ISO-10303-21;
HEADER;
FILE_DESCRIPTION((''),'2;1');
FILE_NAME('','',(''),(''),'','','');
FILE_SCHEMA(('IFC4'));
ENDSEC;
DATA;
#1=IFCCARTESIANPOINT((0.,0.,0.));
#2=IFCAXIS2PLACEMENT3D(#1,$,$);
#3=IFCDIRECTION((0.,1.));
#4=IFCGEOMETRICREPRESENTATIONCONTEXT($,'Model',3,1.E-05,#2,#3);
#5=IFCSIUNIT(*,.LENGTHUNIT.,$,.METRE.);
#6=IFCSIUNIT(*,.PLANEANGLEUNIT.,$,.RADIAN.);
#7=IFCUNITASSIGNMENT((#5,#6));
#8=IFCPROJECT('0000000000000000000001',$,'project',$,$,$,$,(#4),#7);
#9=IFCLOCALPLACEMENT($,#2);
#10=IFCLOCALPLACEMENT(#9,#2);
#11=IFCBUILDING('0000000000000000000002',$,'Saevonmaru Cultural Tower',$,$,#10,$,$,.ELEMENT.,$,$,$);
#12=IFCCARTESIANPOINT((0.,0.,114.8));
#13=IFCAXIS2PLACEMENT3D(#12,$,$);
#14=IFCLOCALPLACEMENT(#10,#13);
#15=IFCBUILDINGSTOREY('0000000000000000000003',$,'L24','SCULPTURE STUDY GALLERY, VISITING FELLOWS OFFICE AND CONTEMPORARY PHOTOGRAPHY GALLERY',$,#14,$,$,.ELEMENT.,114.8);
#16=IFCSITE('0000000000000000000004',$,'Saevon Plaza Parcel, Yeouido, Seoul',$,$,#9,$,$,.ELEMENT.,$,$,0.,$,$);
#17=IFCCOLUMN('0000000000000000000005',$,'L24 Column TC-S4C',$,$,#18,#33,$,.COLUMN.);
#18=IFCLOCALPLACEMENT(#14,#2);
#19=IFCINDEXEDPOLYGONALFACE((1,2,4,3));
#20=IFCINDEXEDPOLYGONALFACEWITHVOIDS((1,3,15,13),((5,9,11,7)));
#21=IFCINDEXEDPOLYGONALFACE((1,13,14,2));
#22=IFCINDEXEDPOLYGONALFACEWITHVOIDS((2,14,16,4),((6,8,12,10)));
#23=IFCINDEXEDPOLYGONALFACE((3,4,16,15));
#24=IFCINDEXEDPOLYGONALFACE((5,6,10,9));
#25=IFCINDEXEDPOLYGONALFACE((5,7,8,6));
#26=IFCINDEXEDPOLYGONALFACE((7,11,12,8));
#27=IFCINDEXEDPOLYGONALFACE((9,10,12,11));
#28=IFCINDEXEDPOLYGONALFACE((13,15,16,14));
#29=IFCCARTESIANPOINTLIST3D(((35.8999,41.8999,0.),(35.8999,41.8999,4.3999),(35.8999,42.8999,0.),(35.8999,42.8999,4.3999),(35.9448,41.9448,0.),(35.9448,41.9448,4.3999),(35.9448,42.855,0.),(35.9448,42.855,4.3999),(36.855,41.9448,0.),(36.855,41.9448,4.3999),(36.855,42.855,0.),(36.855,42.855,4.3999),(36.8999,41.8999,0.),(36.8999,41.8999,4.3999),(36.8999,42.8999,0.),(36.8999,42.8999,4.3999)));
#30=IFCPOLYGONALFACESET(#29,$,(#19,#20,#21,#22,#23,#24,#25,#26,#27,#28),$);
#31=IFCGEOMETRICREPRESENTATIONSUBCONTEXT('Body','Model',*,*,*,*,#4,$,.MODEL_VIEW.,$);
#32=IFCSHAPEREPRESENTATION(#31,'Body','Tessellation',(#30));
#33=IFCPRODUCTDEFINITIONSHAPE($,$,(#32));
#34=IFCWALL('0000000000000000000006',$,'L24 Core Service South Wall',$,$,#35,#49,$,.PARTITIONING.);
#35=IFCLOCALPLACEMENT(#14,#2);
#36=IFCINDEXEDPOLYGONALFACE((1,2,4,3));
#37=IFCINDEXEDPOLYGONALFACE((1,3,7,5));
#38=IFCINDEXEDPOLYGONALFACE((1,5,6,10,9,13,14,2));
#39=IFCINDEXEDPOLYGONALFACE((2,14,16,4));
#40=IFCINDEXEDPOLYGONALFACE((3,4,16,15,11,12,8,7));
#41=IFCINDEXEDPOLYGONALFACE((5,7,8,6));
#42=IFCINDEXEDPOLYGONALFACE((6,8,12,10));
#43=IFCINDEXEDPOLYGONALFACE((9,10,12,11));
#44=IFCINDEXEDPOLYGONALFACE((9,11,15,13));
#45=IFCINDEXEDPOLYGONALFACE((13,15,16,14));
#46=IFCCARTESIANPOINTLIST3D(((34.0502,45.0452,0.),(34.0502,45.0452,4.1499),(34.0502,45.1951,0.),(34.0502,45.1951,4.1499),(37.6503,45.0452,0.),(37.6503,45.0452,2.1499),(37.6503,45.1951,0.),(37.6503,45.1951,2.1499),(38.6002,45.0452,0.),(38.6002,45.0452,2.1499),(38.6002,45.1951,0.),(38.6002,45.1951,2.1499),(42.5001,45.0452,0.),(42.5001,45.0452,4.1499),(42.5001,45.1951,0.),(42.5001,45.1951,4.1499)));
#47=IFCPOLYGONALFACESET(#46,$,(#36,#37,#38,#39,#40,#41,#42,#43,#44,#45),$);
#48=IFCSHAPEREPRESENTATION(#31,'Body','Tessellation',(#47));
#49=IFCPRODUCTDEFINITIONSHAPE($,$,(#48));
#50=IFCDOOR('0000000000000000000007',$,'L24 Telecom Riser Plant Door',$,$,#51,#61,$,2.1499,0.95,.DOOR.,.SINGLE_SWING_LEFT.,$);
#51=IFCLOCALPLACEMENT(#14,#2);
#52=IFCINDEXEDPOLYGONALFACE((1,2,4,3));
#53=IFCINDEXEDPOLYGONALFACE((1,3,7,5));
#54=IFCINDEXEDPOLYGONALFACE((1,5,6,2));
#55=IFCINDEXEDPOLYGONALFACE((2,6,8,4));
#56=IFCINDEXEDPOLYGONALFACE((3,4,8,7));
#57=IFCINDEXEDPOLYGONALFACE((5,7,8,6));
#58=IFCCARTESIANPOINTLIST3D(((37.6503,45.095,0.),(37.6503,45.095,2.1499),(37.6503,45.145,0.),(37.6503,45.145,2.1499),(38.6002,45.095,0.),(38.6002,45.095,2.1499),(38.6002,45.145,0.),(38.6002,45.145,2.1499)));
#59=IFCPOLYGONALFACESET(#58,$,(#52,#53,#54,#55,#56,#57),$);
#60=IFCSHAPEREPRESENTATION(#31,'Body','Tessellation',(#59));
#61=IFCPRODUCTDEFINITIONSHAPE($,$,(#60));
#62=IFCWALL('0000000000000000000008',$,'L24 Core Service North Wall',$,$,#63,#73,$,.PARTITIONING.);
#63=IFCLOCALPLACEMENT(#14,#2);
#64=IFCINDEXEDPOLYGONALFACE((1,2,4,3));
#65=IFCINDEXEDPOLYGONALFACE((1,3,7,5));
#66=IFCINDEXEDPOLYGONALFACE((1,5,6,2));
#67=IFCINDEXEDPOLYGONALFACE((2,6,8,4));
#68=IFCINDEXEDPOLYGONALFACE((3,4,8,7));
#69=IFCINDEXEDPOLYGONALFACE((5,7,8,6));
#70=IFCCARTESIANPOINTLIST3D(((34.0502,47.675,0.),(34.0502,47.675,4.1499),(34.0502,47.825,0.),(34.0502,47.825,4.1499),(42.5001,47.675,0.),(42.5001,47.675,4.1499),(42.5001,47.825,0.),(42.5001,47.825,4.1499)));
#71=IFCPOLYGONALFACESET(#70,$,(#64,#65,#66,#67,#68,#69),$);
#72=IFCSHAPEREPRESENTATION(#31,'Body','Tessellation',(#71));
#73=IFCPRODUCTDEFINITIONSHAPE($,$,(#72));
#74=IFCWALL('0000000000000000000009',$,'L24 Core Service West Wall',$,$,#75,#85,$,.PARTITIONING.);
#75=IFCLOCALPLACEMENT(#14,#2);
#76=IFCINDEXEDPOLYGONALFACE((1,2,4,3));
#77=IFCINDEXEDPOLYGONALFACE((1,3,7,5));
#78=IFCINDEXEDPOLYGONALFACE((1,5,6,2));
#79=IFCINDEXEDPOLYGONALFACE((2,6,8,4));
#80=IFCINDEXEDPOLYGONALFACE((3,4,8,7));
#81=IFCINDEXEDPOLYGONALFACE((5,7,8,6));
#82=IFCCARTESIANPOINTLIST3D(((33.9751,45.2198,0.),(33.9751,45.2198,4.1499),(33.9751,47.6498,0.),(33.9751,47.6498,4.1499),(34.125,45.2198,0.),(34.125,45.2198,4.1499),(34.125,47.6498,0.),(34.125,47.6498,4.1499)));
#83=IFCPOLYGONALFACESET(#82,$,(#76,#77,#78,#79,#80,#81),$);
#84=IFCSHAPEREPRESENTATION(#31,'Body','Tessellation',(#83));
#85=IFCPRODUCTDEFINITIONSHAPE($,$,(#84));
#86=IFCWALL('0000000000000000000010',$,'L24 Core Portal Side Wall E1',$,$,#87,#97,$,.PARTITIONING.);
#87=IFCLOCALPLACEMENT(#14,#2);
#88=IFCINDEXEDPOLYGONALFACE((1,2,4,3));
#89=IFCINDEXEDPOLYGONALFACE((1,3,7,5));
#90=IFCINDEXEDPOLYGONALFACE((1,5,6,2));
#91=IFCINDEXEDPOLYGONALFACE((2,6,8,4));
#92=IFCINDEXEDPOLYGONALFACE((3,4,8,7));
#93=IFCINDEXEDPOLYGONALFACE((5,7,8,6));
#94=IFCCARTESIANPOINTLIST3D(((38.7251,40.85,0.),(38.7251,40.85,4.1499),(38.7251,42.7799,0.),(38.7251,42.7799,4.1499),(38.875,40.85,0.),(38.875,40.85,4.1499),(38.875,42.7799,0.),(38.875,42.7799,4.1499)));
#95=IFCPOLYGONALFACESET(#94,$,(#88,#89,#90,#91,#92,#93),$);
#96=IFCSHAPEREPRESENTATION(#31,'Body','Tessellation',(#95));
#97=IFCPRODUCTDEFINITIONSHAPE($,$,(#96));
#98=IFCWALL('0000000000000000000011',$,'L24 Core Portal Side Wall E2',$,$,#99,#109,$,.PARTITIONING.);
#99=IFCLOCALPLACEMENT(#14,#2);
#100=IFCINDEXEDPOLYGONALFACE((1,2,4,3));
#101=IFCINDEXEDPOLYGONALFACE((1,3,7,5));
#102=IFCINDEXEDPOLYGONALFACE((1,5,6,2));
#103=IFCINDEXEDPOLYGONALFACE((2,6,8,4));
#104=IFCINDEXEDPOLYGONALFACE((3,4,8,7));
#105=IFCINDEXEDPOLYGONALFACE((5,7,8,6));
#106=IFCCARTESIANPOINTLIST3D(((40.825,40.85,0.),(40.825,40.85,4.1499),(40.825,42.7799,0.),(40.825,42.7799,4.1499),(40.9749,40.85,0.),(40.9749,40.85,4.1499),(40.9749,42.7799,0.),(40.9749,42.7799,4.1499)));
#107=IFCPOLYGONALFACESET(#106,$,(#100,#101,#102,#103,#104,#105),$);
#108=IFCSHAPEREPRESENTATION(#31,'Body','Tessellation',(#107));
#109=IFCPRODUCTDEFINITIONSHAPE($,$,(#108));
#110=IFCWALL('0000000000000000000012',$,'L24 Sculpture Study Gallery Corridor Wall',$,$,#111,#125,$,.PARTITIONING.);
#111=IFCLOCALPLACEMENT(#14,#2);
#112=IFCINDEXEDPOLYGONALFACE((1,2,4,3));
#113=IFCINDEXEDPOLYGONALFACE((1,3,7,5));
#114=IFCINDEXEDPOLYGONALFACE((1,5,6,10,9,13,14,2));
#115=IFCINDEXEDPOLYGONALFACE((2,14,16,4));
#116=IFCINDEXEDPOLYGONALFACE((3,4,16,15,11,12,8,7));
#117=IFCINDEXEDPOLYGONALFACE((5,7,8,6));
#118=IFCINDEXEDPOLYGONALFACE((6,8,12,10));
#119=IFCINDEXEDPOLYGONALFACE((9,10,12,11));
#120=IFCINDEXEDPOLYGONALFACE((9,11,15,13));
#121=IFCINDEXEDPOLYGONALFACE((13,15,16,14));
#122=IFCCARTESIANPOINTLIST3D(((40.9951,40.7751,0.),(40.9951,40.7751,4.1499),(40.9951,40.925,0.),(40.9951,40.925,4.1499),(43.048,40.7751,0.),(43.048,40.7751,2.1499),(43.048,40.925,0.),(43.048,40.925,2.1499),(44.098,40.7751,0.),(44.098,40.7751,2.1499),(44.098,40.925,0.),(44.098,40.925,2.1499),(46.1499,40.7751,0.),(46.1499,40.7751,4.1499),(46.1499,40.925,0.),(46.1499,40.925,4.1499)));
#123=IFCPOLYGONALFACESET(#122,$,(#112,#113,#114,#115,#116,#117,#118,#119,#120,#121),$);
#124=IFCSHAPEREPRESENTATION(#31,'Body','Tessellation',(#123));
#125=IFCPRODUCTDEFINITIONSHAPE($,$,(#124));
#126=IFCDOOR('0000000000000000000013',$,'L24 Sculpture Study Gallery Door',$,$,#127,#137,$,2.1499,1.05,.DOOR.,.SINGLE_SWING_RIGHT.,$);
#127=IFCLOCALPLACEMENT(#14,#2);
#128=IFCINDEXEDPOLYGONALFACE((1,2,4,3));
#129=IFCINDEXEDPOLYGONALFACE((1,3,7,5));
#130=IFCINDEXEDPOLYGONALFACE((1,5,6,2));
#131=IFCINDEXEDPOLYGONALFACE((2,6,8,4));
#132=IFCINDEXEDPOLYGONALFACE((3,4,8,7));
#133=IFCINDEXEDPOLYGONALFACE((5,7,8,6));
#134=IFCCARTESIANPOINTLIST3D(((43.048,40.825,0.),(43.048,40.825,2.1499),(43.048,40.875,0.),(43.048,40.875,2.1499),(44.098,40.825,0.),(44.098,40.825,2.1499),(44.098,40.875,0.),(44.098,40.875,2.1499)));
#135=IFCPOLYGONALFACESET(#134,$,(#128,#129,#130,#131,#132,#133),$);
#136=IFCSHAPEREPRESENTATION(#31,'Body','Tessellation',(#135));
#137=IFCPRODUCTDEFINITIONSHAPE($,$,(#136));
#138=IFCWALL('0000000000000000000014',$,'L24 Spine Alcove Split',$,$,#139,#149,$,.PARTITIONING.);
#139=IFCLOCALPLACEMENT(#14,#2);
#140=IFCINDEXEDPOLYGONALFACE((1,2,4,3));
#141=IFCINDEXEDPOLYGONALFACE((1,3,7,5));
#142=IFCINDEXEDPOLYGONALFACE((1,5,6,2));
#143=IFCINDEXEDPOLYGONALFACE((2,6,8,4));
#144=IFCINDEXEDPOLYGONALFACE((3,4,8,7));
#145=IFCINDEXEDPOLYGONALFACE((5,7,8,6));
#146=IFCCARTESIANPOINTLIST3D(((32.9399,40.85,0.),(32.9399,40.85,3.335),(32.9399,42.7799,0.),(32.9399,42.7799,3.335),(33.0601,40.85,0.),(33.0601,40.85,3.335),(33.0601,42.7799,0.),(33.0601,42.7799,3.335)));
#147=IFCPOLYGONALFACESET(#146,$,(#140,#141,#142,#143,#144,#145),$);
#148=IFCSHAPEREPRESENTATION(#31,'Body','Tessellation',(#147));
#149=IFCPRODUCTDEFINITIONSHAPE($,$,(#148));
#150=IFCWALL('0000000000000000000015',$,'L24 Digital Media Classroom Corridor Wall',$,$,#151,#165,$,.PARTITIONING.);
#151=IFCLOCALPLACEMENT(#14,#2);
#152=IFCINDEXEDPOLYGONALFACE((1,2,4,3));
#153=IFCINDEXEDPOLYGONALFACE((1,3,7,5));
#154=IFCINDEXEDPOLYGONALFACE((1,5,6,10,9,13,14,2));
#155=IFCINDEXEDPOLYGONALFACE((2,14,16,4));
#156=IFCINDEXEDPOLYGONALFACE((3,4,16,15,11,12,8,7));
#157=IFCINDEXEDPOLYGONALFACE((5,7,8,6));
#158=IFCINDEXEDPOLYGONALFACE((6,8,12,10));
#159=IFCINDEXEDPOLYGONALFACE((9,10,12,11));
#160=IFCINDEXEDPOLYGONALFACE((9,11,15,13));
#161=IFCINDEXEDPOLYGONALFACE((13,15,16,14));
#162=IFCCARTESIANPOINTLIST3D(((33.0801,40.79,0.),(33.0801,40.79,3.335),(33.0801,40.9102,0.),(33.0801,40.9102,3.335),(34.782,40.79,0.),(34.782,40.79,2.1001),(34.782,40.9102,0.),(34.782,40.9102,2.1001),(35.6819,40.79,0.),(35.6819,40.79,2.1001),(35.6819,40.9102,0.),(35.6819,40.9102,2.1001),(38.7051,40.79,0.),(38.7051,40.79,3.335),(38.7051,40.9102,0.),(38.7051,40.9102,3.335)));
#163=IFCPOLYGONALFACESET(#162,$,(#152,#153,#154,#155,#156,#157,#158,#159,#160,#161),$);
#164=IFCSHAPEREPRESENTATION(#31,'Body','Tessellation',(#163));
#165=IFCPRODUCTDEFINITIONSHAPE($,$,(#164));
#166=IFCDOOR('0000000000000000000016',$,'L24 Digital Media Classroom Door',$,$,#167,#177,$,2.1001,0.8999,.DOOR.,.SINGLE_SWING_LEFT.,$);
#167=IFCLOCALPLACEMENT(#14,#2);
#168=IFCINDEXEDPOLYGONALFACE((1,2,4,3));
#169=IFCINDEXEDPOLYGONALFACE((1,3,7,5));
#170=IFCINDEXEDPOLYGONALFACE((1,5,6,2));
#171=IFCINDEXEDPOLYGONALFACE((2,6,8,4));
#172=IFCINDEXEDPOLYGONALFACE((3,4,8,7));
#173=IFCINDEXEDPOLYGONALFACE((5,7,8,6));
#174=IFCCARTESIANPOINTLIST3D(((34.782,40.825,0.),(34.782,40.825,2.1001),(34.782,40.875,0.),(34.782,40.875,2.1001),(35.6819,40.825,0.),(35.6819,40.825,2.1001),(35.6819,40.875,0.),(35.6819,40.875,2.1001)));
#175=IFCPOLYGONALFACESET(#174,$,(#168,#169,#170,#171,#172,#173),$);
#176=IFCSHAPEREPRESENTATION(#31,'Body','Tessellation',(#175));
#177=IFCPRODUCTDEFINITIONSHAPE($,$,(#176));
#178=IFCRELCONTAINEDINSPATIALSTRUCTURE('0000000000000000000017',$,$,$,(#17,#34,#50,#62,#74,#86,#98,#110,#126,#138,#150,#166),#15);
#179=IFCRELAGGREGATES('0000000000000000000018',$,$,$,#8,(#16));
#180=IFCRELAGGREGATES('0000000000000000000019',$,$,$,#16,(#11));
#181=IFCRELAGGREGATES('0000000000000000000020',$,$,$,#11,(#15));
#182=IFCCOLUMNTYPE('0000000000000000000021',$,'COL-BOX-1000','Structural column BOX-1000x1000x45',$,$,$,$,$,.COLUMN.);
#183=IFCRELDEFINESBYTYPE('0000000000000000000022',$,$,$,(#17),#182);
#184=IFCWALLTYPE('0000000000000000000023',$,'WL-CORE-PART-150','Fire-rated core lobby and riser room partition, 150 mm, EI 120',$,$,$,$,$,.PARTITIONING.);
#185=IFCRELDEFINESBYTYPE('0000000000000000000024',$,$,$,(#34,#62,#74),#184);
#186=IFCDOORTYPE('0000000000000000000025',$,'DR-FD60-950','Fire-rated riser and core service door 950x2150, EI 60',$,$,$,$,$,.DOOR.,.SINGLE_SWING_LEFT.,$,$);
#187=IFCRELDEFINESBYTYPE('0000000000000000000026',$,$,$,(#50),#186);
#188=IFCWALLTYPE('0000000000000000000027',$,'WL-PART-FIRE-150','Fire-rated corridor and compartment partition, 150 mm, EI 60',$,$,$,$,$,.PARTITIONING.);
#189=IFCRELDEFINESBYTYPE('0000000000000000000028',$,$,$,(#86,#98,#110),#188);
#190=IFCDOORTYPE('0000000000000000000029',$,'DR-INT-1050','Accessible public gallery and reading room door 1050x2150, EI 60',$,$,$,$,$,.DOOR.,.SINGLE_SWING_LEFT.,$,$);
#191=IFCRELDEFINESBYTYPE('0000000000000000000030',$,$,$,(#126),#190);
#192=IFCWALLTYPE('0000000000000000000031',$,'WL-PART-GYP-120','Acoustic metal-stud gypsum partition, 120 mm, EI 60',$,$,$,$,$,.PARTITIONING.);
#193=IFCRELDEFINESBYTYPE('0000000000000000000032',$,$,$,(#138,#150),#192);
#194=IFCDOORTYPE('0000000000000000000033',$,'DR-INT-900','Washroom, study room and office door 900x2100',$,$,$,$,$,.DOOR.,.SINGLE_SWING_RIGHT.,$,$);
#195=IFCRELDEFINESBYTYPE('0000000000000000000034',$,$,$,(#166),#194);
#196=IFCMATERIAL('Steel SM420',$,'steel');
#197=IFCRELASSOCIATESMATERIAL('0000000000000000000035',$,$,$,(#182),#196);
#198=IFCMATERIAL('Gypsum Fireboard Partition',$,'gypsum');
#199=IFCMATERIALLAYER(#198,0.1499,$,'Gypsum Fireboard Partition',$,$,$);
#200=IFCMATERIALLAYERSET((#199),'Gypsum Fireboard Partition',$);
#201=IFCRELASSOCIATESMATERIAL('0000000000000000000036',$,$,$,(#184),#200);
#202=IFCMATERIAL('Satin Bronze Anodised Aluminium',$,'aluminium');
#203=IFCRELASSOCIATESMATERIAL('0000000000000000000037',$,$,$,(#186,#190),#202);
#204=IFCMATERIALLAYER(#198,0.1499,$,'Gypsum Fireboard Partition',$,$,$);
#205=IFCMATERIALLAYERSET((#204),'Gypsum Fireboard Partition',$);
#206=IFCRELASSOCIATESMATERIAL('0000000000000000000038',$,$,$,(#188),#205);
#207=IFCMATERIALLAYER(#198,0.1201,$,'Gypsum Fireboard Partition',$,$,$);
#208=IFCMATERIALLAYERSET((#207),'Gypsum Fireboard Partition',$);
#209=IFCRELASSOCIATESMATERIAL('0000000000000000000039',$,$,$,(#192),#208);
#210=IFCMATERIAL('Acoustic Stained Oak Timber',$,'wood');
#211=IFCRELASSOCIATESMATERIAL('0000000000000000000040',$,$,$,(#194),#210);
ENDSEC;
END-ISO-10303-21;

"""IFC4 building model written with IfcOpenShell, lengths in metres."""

from ifc_helpers import new_model, si_unit, direction, frame, frame_2d, origin, origin_2d, place, context, subcontext, project, spatial, rectangle, hollow_rectangle, extrude, material, layer, layer_set, material_profile, profile_set, type_object, element, fill, save


model = new_model("IFC4")

# Units and contexts
model_context = context("Model", 3, precision=1e-05, world=origin(), true_north=direction((0.0, 1.0)))
body_context = subcontext(model_context, "Body", "Model", "MODEL_VIEW")
ifc_project = project(units=[si_unit("LENGTHUNIT", "METRE"), si_unit("PLANEANGLEUNIT", "RADIAN")], contexts=[model_context])

# Site, building, storey
site_placement = place(None, origin())
site = spatial("IfcSite", under=ifc_project, at=site_placement, Name="Saevon Plaza Parcel, Yeouido, Seoul", CompositionType="ELEMENT", RefElevation=0.0)
building_placement = place(site_placement, origin())
building = spatial("IfcBuilding", under=site, at=building_placement, Name="Saevonmaru Cultural Tower", CompositionType="ELEMENT")
storey_placement = place(building_placement, frame((0.0, 0.0, 114.8)))
storey = spatial("IfcBuildingStorey", under=building, at=storey_placement, Name="L24", Description="SCULPTURE STUDY GALLERY, VISITING FELLOWS OFFICE AND CONTEMPORARY PHOTOGRAPHY GALLERY", CompositionType="ELEMENT", Elevation=114.8)

# Column
ifc_material_1 = material(Name="Steel SM420", Category="steel")
ifc_material_profile = material_profile(ifc_material_1, hollow_rectangle(XDim=1.0, YDim=1.0, WallThickness=0.0449, at=origin_2d()), Name="BOX-1000x1000x45")
ifc_profile_set = profile_set([ifc_material_profile], Name="Steel SM420")
column_type = type_object("IfcColumnType", Name="COL-BOX-1000", Description="Structural column BOX-1000x1000x45", PredefinedType="COLUMN", material=ifc_profile_set)
column_placement = place(storey_placement, frame((36.3999, 42.3999, 0.0), z_axis=(0.0, 0.0, 1.0), x_axis=(1.0, 0.0, 0.0)))
element("IfcColumn", 1, at=column_placement, inside=storey, type_object=column_type, Name="L24 Column TC-S4C", PredefinedType="COLUMN", context=body_context, shape_type="SweptSolid", body=[
    extrude(hollow_rectangle(XDim=1.0, YDim=1.0, WallThickness=0.0449, at=origin_2d()), origin(), (0.0, 0.0, 1.0), 4.3999),
])

# Wall, opening, door
ifc_material_2 = material(Name="Gypsum Fireboard Partition", Category="gypsum")
ifc_layer_1 = layer(ifc_material_2, 0.1499, Name="Gypsum Fireboard Partition")
ifc_layer_set_1 = layer_set([ifc_layer_1], Name="Gypsum Fireboard Partition")
wall_type_1 = type_object("IfcWallType", Name="WL-CORE-PART-150", Description="Fire-rated core lobby and riser room partition, 150 mm, EI 120", PredefinedType="PARTITIONING", material=ifc_layer_set_1)
wall_1_placement = place(storey_placement, frame((34.05, 45.1201, 0.0), z_axis=(0.0, 0.0, 1.0), x_axis=(1.0, 0.0, 0.0)))
wall_1 = element("IfcWall", 2, at=wall_1_placement, inside=storey, type_object=wall_type_1, Name="L24 Core Service South Wall", PredefinedType="PARTITIONING", context=body_context, shape_type="SweptSolid", body=[
    extrude(rectangle(XDim=8.45, YDim=0.1499, at=frame_2d((4.2251, 0.0))), origin(), (0.0, 0.0, 1.0), 4.1499),
])
opening_1_placement = place(wall_1_placement, frame((3.6001, 0.0, 0.0)))
opening_1 = element("IfcOpeningElement", 3, at=opening_1_placement, cuts=wall_1, PredefinedType="OPENING", context=body_context, shape_type="SweptSolid", body=[
    extrude(rectangle(XDim=0.95, YDim=2.1499, at=frame_2d((0.4751, 1.075))), frame((0.0, 0.085, 0.0), z_axis=(0.0, -1.0, 0.0), x_axis=(1.0, 0.0, 0.0)), (0.0, 0.0, 1.0), 0.1699),
])
ifc_material_3 = material(Name="Satin Bronze Anodised Aluminium", Category="aluminium")
door_type_1 = type_object("IfcDoorType", Name="DR-FD60-950", Description="Fire-rated riser and core service door 950x2150, EI 60", OperationType="SINGLE_SWING_LEFT", PredefinedType="DOOR", material=ifc_material_3)
door_1_placement = place(opening_1_placement, origin())
door_1 = element("IfcDoor", 4, at=door_1_placement, inside=storey, type_object=door_type_1, Name="L24 Telecom Riser Plant Door", OperationType="SINGLE_SWING_LEFT", OverallHeight=2.1499, OverallWidth=0.95, PredefinedType="DOOR", context=body_context, shape_type="SweptSolid", body=[
    extrude(rectangle(XDim=0.95, YDim=2.1499, at=frame_2d((0.4751, 1.075))), frame((0.0, 0.0249, 0.0), z_axis=(0.0, -1.0, 0.0), x_axis=(1.0, 0.0, 0.0)), (0.0, 0.0, 1.0), 0.05),
])
fill(opening_1, door_1)

# Walls
wall_2_placement = place(storey_placement, frame((34.05, 47.75, 0.0), z_axis=(0.0, 0.0, 1.0), x_axis=(1.0, 0.0, 0.0)))
element("IfcWall", 5, at=wall_2_placement, inside=storey, type_object=wall_type_1, Name="L24 Core Service North Wall", PredefinedType="PARTITIONING", context=body_context, shape_type="SweptSolid", body=[
    extrude(rectangle(XDim=8.45, YDim=0.1499, at=frame_2d((4.2251, 0.0))), origin(), (0.0, 0.0, 1.0), 4.1499),
])
wall_3_placement = place(storey_placement, frame((34.05, 45.22, 0.0), z_axis=(0.0, 0.0, 1.0), x_axis=(0.0, 1.0, 0.0)))
element("IfcWall", 6, at=wall_3_placement, inside=storey, type_object=wall_type_1, Name="L24 Core Service West Wall", PredefinedType="PARTITIONING", context=body_context, shape_type="SweptSolid", body=[
    extrude(rectangle(XDim=2.4299, YDim=0.1499, at=frame_2d((1.2148, 0.0))), origin(), (0.0, 0.0, 1.0), 4.1499),
])
ifc_layer_2 = layer(ifc_material_2, 0.1499, Name="Gypsum Fireboard Partition")
ifc_layer_set_2 = layer_set([ifc_layer_2], Name="Gypsum Fireboard Partition")
wall_type_2 = type_object("IfcWallType", Name="WL-PART-FIRE-150", Description="Fire-rated corridor and compartment partition, 150 mm, EI 60", PredefinedType="PARTITIONING", material=ifc_layer_set_2)
for number, where, z_axis, x_axis, name in (
    (7, (38.8, 40.8501, 0.0), (0.0, 0.0, 1.0), (0.0, 1.0, 0.0), "L24 Core Portal Side Wall E1"),
    (8, (40.8999, 40.8501, 0.0), (0.0, 0.0, 1.0), (0.0, 1.0, 0.0), "L24 Core Portal Side Wall E2"),
):
    element("IfcWall", number, at=place(storey_placement, frame(where, z_axis=z_axis, x_axis=x_axis)), inside=storey, type_object=wall_type_2, Name=name, PredefinedType="PARTITIONING", context=body_context, shape_type="SweptSolid", body=[
        extrude(rectangle(XDim=1.9299, YDim=0.1499, at=frame_2d((0.9648, 0.0))), origin(), (0.0, 0.0, 1.0), 4.1499),
    ])

# Wall, opening, door
wall_4_placement = place(storey_placement, frame((40.9951, 40.8501, 0.0), z_axis=(0.0, 0.0, 1.0), x_axis=(1.0, 0.0, 0.0)))
wall_4 = element("IfcWall", 9, at=wall_4_placement, inside=storey, type_object=wall_type_2, Name="L24 Sculpture Study Gallery Corridor Wall", PredefinedType="PARTITIONING", context=body_context, shape_type="SweptSolid", body=[
    extrude(rectangle(XDim=5.1548, YDim=0.1499, at=frame_2d((2.5774, 0.0))), origin(), (0.0, 0.0, 1.0), 4.1499),
])
opening_2_placement = place(wall_4_placement, frame((2.053, 0.0, 0.0)))
opening_2 = element("IfcOpeningElement", 10, at=opening_2_placement, cuts=wall_4, PredefinedType="OPENING", context=body_context, shape_type="SweptSolid", body=[
    extrude(rectangle(XDim=1.05, YDim=2.1499, at=frame_2d((0.5249, 1.075))), frame((0.0, 0.085, 0.0), z_axis=(0.0, -1.0, 0.0), x_axis=(1.0, 0.0, 0.0)), (0.0, 0.0, 1.0), 0.1699),
])
door_type_2 = type_object("IfcDoorType", Name="DR-INT-1050", Description="Accessible public gallery and reading room door 1050x2150, EI 60", OperationType="SINGLE_SWING_LEFT", PredefinedType="DOOR", material=ifc_material_3)
door_2_placement = place(opening_2_placement, origin())
door_2 = element("IfcDoor", 11, at=door_2_placement, inside=storey, type_object=door_type_2, Name="L24 Sculpture Study Gallery Door", OperationType="SINGLE_SWING_RIGHT", OverallHeight=2.1499, OverallWidth=1.05, PredefinedType="DOOR", context=body_context, shape_type="SweptSolid", body=[
    extrude(rectangle(XDim=1.05, YDim=2.1499, at=frame_2d((0.5249, 1.075))), frame((0.0, 0.0249, 0.0), z_axis=(0.0, -1.0, 0.0), x_axis=(1.0, 0.0, 0.0)), (0.0, 0.0, 1.0), 0.05),
])
fill(opening_2, door_2)

# Wall
ifc_layer_3 = layer(ifc_material_2, 0.1201, Name="Gypsum Fireboard Partition")
ifc_layer_set_3 = layer_set([ifc_layer_3], Name="Gypsum Fireboard Partition")
wall_type_3 = type_object("IfcWallType", Name="WL-PART-GYP-120", Description="Acoustic metal-stud gypsum partition, 120 mm, EI 60", PredefinedType="PARTITIONING", material=ifc_layer_set_3)
wall_5_placement = place(storey_placement, frame((33.0, 40.8501, 0.0), z_axis=(0.0, 0.0, 1.0), x_axis=(0.0, 1.0, 0.0)))
element("IfcWall", 12, at=wall_5_placement, inside=storey, type_object=wall_type_3, Name="L24 Spine Alcove Split", PredefinedType="PARTITIONING", context=body_context, shape_type="SweptSolid", body=[
    extrude(rectangle(XDim=1.9299, YDim=0.1201, at=frame_2d((0.9648, 0.0))), origin(), (0.0, 0.0, 1.0), 3.335),
])

# Wall, opening, door
wall_6_placement = place(storey_placement, frame((33.0801, 40.8501, 0.0), z_axis=(0.0, 0.0, 1.0), x_axis=(1.0, 0.0, 0.0)))
wall_6 = element("IfcWall", 13, at=wall_6_placement, inside=storey, type_object=wall_type_3, Name="L24 Digital Media Classroom Corridor Wall", PredefinedType="PARTITIONING", context=body_context, shape_type="SweptSolid", body=[
    extrude(rectangle(XDim=5.625, YDim=0.1201, at=frame_2d((2.8125, 0.0))), origin(), (0.0, 0.0, 1.0), 3.335),
])
opening_3_placement = place(wall_6_placement, frame((1.7019, 0.0, 0.0)))
opening_3 = element("IfcOpeningElement", 14, at=opening_3_placement, cuts=wall_6, PredefinedType="OPENING", context=body_context, shape_type="SweptSolid", body=[
    extrude(rectangle(XDim=0.8999, YDim=2.1001, at=frame_2d((0.45, 1.05))), frame((0.0, 0.0701, 0.0), z_axis=(0.0, -1.0, 0.0), x_axis=(1.0, 0.0, 0.0)), (0.0, 0.0, 1.0), 0.1401),
])
ifc_material_4 = material(Name="Acoustic Stained Oak Timber", Category="wood")
door_type_3 = type_object("IfcDoorType", Name="DR-INT-900", Description="Washroom, study room and office door 900x2100", OperationType="SINGLE_SWING_RIGHT", PredefinedType="DOOR", material=ifc_material_4)
door_3_placement = place(opening_3_placement, origin())
door_3 = element("IfcDoor", 15, at=door_3_placement, inside=storey, type_object=door_type_3, Name="L24 Digital Media Classroom Door", OperationType="SINGLE_SWING_LEFT", OverallHeight=2.1001, OverallWidth=0.8999, PredefinedType="DOOR", context=body_context, shape_type="SweptSolid", body=[
    extrude(rectangle(XDim=0.8999, YDim=2.1001, at=frame_2d((0.45, 1.05))), frame((0.0, 0.0249, 0.0), z_axis=(0.0, -1.0, 0.0), x_axis=(1.0, 0.0, 0.0)), (0.0, 0.0, 1.0), 0.05),
])
fill(opening_3, door_3)

save(model, "model.ifc")
